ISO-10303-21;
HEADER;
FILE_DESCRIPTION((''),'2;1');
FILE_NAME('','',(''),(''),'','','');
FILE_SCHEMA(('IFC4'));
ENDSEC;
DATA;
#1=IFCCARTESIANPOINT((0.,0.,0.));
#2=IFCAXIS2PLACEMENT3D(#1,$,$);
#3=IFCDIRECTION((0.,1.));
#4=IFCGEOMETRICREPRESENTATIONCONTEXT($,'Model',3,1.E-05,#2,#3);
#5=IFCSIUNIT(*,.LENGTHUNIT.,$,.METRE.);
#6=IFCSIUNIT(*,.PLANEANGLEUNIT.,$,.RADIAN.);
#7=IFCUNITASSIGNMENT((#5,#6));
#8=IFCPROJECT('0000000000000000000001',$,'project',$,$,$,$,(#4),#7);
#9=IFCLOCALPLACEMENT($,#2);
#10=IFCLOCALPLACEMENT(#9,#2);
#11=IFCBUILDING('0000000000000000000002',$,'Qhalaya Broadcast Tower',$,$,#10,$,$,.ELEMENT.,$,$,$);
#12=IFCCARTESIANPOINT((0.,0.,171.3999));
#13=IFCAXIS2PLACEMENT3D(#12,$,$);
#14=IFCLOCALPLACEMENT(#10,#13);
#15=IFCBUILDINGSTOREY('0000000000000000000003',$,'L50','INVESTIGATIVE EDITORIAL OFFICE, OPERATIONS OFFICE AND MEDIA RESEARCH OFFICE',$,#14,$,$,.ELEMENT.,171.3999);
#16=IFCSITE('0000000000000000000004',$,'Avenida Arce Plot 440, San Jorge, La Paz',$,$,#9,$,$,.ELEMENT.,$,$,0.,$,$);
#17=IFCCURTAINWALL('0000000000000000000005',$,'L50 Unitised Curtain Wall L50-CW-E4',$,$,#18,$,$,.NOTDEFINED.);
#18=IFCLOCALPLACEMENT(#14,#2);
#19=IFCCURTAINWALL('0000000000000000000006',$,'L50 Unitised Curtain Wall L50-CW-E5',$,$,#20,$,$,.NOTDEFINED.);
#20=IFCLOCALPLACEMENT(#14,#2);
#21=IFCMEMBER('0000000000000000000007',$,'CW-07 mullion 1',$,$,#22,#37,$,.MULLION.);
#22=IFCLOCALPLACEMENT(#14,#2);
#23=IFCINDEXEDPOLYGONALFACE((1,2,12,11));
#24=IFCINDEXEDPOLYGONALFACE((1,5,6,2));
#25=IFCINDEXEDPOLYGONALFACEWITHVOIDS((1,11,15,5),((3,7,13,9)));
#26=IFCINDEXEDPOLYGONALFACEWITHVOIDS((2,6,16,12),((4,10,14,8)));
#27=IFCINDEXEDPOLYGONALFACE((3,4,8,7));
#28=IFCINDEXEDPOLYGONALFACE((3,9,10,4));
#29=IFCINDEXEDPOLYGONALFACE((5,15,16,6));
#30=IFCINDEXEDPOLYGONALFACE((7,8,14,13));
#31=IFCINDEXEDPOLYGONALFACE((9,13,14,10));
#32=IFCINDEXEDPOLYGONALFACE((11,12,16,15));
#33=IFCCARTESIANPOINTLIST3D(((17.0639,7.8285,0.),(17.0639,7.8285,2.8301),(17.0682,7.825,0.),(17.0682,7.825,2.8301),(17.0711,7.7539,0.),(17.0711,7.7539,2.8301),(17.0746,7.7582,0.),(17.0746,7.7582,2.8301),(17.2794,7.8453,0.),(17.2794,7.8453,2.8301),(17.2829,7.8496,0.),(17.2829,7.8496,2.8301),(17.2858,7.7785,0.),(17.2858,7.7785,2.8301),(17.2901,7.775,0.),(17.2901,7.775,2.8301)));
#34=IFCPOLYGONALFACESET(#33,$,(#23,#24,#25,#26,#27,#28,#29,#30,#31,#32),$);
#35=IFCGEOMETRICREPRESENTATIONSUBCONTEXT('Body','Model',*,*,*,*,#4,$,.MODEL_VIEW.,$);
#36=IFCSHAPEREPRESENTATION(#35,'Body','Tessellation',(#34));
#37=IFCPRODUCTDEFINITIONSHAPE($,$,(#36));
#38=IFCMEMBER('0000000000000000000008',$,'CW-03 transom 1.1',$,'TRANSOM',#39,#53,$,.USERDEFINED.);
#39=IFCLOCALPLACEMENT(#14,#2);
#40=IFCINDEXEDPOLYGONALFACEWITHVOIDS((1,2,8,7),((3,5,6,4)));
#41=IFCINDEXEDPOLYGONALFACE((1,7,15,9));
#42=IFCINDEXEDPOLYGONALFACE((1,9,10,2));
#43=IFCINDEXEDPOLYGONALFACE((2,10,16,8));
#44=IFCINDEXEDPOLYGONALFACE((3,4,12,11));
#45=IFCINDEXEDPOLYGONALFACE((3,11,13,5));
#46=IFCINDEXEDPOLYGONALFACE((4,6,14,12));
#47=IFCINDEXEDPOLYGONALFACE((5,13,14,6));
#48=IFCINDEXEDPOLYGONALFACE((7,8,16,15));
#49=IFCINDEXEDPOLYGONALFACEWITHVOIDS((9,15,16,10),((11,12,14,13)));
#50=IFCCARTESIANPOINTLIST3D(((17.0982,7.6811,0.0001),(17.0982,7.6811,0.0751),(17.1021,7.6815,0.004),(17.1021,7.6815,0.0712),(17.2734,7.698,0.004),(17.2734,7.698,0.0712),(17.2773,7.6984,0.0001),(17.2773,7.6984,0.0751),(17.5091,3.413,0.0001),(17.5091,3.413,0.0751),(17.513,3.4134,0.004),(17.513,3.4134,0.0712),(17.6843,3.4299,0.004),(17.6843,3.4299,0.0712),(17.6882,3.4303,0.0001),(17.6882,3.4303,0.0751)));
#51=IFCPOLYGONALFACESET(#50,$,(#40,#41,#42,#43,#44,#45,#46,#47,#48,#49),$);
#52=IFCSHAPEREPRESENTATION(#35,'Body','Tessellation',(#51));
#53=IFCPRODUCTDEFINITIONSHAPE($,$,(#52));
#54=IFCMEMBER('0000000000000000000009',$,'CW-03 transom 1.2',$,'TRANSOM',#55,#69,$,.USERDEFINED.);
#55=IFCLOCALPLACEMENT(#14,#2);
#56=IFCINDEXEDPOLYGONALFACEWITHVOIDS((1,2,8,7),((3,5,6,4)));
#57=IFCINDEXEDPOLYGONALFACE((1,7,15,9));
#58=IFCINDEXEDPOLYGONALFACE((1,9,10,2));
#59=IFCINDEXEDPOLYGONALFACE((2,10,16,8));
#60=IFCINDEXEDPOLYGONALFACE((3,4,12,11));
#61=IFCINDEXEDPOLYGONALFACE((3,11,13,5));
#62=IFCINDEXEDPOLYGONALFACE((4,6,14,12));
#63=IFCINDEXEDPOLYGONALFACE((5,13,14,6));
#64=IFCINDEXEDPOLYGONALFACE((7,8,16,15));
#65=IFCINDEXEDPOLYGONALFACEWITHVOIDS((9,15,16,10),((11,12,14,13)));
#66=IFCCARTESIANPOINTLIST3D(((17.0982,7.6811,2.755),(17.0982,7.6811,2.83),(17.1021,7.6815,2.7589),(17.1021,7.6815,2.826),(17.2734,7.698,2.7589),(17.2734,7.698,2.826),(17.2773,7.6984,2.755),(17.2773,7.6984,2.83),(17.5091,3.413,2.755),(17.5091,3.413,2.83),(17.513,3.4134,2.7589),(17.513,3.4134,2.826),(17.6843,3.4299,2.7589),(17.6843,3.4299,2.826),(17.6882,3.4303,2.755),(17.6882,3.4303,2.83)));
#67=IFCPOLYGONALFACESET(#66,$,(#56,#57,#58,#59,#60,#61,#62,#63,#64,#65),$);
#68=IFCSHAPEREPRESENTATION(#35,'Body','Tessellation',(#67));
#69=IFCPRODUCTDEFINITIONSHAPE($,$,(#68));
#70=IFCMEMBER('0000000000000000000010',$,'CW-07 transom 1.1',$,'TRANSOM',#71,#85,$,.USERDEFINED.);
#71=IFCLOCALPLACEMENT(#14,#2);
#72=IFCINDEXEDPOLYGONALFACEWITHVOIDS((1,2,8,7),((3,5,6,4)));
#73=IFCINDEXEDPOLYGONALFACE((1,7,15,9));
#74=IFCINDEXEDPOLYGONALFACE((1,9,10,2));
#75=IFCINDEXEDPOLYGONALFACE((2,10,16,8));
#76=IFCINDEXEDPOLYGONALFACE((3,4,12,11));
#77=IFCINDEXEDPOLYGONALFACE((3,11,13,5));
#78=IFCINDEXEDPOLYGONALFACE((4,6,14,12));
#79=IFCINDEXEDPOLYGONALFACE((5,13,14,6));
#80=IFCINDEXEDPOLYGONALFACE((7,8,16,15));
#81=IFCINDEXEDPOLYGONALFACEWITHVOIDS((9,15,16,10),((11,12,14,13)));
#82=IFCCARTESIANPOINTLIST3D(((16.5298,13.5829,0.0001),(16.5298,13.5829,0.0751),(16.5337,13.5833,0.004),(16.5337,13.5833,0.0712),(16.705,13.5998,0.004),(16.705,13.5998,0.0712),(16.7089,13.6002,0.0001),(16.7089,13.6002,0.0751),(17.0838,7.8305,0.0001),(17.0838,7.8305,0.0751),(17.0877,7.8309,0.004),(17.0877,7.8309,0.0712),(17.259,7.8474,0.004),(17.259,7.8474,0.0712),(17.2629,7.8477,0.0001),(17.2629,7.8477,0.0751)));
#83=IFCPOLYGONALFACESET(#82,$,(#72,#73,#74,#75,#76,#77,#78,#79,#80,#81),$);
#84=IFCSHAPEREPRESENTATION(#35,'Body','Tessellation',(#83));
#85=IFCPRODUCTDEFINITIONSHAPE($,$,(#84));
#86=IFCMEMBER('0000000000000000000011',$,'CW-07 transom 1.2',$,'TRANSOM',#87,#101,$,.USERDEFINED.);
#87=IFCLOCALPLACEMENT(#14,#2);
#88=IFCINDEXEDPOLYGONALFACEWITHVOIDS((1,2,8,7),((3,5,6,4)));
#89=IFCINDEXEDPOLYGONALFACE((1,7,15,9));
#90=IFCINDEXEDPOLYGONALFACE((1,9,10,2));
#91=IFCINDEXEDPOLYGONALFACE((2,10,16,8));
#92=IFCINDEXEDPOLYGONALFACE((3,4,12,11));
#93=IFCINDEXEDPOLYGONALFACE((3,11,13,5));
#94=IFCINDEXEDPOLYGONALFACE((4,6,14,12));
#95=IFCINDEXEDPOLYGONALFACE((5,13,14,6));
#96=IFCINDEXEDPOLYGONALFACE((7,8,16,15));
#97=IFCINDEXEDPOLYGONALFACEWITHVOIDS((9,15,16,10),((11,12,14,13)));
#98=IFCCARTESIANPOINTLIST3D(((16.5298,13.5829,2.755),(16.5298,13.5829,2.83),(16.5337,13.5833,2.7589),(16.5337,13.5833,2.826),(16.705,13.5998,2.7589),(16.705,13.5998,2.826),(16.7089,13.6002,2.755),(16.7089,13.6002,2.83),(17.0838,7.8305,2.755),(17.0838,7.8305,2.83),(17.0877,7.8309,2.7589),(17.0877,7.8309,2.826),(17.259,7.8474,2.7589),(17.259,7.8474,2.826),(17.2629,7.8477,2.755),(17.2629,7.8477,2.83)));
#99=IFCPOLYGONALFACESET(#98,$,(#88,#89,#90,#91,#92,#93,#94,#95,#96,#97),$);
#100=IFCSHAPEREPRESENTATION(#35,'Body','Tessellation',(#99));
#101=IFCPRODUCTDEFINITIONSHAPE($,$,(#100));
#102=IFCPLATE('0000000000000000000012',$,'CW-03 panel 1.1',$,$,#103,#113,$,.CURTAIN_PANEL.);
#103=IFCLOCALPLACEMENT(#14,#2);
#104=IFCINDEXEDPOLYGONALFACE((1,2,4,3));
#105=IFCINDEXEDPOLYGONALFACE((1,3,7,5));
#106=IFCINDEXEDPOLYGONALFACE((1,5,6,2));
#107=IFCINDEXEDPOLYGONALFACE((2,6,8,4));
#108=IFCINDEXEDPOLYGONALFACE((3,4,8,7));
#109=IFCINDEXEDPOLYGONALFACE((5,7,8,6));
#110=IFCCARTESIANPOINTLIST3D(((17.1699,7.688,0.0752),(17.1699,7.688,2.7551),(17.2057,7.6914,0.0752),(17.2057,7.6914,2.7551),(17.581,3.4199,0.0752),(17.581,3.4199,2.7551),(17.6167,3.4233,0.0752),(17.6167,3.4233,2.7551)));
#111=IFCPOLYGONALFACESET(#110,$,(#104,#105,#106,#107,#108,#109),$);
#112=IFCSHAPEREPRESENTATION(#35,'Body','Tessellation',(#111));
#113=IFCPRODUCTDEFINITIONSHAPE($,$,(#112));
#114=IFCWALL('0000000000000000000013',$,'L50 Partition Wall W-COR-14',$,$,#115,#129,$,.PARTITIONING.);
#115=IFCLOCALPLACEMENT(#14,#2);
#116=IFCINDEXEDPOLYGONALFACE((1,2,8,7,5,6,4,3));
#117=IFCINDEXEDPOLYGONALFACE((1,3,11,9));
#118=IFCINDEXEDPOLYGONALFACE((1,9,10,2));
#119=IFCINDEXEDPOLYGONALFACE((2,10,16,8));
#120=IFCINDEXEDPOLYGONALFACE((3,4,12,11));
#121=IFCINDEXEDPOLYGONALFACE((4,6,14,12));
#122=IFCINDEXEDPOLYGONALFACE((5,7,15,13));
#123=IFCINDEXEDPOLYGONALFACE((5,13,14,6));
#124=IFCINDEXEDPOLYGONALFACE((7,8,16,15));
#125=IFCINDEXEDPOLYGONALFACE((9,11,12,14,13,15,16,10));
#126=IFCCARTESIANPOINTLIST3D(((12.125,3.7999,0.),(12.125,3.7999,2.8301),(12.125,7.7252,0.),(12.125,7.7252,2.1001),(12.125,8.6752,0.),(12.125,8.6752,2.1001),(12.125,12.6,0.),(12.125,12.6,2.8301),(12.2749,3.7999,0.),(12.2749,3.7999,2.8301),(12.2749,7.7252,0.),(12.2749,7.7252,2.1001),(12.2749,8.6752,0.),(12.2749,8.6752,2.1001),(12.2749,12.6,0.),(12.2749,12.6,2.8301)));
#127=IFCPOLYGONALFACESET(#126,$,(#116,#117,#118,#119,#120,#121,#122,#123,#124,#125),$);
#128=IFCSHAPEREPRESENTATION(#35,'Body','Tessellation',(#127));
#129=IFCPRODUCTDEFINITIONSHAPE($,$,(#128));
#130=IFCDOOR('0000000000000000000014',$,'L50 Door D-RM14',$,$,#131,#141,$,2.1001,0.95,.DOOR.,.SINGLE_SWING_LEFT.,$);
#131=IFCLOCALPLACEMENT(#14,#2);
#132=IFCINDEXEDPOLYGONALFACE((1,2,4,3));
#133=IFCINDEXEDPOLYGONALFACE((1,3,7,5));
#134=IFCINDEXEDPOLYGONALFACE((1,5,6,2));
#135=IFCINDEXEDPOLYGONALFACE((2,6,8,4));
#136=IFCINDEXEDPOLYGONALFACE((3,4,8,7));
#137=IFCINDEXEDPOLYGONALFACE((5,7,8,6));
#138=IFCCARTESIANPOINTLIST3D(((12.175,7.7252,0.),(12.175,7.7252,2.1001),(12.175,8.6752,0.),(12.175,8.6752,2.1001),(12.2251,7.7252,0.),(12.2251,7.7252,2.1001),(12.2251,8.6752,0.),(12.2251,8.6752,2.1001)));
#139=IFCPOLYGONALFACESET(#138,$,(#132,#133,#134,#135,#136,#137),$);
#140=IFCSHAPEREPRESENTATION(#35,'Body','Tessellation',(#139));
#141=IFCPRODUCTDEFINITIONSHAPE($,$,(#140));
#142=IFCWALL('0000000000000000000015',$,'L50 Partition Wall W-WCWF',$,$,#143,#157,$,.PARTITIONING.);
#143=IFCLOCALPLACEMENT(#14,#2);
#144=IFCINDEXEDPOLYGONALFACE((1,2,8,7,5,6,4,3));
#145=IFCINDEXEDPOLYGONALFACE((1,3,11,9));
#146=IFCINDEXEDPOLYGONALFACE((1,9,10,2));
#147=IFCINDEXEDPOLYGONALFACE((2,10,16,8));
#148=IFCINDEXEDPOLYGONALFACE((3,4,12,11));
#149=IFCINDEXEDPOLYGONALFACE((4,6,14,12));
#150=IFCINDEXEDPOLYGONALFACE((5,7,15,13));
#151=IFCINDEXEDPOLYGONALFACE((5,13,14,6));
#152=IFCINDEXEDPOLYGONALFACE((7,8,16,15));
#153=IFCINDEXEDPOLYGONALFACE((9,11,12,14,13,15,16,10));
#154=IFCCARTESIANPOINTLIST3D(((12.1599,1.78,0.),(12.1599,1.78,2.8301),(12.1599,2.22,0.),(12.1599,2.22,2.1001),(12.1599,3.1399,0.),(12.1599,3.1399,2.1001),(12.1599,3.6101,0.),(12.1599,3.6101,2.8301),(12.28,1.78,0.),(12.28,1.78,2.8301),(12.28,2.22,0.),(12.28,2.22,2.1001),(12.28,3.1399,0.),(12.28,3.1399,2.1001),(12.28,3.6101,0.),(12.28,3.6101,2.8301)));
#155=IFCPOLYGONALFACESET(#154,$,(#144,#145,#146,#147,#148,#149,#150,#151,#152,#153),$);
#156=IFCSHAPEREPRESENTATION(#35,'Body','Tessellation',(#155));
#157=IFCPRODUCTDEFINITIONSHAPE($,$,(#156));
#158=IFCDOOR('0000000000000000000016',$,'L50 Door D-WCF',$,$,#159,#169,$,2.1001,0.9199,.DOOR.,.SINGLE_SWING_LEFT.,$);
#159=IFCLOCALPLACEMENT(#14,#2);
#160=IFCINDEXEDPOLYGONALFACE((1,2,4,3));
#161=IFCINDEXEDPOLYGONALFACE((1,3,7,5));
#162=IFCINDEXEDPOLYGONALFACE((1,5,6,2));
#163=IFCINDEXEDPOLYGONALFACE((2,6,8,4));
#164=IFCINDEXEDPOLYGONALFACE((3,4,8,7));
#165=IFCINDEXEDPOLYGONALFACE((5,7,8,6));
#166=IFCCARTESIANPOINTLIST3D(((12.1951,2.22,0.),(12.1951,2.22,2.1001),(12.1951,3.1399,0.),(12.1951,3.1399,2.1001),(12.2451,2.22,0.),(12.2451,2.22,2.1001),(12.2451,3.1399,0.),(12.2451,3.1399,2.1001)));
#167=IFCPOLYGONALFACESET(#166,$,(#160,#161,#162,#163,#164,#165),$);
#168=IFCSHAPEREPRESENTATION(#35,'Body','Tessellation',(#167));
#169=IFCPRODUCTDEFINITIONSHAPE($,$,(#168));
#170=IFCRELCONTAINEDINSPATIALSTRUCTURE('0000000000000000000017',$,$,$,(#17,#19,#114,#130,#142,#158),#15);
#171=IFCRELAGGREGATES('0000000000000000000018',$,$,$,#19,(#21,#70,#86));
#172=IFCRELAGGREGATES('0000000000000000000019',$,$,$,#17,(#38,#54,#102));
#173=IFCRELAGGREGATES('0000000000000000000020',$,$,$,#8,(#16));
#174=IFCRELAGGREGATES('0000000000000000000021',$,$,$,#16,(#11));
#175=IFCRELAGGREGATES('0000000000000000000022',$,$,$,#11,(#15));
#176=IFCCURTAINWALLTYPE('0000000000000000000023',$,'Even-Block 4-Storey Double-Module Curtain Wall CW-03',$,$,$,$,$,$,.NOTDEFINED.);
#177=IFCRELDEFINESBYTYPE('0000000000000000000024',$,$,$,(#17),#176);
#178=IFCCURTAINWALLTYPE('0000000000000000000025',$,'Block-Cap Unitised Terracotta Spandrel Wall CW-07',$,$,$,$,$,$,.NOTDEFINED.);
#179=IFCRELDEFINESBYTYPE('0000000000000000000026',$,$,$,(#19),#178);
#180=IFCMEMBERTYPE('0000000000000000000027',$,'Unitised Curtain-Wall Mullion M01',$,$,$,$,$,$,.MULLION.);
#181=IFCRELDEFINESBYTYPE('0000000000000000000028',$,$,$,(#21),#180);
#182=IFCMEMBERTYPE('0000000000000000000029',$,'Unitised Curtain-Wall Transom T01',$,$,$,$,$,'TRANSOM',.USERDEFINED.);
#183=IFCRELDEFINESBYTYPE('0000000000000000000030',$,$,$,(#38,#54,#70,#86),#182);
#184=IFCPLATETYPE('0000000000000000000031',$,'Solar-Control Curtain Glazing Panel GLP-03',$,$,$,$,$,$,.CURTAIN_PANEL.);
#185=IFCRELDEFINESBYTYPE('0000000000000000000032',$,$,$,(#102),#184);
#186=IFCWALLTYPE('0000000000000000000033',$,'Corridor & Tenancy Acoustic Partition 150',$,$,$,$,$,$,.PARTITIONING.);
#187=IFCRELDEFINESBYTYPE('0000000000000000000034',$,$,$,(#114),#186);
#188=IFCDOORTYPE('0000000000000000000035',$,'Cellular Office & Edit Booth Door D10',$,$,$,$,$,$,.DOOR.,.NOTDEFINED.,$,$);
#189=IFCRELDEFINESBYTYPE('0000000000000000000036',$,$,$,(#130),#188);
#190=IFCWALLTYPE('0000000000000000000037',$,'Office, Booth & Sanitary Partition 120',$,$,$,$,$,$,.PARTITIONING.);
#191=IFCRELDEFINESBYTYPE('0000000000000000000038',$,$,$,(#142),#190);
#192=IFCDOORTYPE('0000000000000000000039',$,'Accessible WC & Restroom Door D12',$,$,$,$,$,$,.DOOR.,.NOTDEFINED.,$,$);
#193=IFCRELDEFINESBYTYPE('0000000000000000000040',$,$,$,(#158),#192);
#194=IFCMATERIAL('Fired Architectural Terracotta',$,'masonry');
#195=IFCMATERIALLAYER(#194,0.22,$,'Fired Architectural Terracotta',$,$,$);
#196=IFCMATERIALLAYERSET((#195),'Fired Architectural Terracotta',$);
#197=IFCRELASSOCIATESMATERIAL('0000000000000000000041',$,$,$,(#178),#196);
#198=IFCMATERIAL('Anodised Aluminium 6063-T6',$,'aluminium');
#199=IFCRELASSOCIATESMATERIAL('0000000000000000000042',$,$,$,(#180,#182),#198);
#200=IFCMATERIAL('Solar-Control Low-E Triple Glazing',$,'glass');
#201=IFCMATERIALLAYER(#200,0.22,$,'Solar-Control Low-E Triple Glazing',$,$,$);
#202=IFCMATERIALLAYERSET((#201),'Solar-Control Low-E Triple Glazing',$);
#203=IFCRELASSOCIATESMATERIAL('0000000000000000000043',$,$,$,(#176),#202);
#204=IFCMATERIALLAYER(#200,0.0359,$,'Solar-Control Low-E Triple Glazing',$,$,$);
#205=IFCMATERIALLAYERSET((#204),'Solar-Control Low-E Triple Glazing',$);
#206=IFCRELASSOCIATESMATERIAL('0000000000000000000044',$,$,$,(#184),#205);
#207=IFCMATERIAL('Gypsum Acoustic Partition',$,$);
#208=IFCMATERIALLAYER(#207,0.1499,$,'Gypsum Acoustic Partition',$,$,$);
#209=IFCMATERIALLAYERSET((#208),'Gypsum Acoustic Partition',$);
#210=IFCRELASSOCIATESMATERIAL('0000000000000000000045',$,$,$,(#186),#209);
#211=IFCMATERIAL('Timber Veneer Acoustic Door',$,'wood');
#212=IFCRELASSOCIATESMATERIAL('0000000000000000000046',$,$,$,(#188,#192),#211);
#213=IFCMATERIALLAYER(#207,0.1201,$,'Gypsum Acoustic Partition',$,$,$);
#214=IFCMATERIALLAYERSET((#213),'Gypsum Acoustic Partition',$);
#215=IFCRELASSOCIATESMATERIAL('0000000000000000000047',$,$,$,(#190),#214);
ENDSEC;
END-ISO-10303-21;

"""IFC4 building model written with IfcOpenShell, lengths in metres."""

from ifc_helpers import new_model, si_unit, direction, frame, frame_2d, origin, origin_2d, place, context, subcontext, project, spatial, rectangle, hollow_rectangle, extrude, material, layer, layer_set, material_profile, profile_set, type_object, element, fill, aggregate, save


model = new_model("IFC4")

# Units and contexts
model_context = context("Model", 3, precision=1e-05, world=origin(), true_north=direction((0.0, 1.0)))
body_context = subcontext(model_context, "Body", "Model", "MODEL_VIEW")
ifc_project = project(units=[si_unit("LENGTHUNIT", "METRE"), si_unit("PLANEANGLEUNIT", "RADIAN")], contexts=[model_context])

# Site, building, storey
site_placement = place(None, origin())
site = spatial("IfcSite", under=ifc_project, at=site_placement, Name="Avenida Arce Plot 440, San Jorge, La Paz", CompositionType="ELEMENT", RefElevation=0.0)
building_placement = place(site_placement, origin())
building = spatial("IfcBuilding", under=site, at=building_placement, Name="Qhalaya Broadcast Tower", CompositionType="ELEMENT")
storey_placement = place(building_placement, frame((0.0, 0.0, 171.3999)))
storey = spatial("IfcBuildingStorey", under=building, at=storey_placement, Name="L50", Description="INVESTIGATIVE EDITORIAL OFFICE, OPERATIONS OFFICE AND MEDIA RESEARCH OFFICE", CompositionType="ELEMENT", Elevation=171.3999)

# Shared definitions
ifc_material_1 = material(Name="Fired Architectural Terracotta", Category="masonry")
ifc_layer_1 = layer(ifc_material_1, 0.22, Name="Fired Architectural Terracotta")
ifc_layer_set_1 = layer_set([ifc_layer_1], Name="Fired Architectural Terracotta")
curtain_wall_type_1 = type_object("IfcCurtainWallType", Name="Block-Cap Unitised Terracotta Spandrel Wall CW-07", PredefinedType="NOTDEFINED", material=ifc_layer_set_1)
ifc_material_2 = material(Name="Anodised Aluminium 6063-T6", Category="aluminium")
ifc_material_profile_1 = material_profile(ifc_material_2, hollow_rectangle(XDim=0.075, YDim=0.22, WallThickness=0.0039, at=origin_2d()), Name="ALU-MUL 75x220x4")
ifc_profile_set_1 = profile_set([ifc_material_profile_1], Name="Anodised Aluminium 6063-T6")
member_type_1 = type_object("IfcMemberType", Name="Unitised Curtain-Wall Mullion M01", PredefinedType="MULLION", material=ifc_profile_set_1)

# Curtain wall
ifc_material_3 = material(Name="Solar-Control Low-E Triple Glazing", Category="glass")
ifc_layer_2 = layer(ifc_material_3, 0.22, Name="Solar-Control Low-E Triple Glazing")
ifc_layer_set_2 = layer_set([ifc_layer_2], Name="Solar-Control Low-E Triple Glazing")
curtain_wall_type_2 = type_object("IfcCurtainWallType", Name="Even-Block 4-Storey Double-Module Curtain Wall CW-03", PredefinedType="NOTDEFINED", material=ifc_layer_set_2)
curtain_wall_1_placement = place(storey_placement, origin())
curtain_wall_1 = element("IfcCurtainWall", 1, at=curtain_wall_1_placement, inside=storey, type_object=curtain_wall_type_2, Name="L50 Unitised Curtain Wall L50-CW-E4", PredefinedType="NOTDEFINED")

# Curtain wall, member
curtain_wall_2_placement = place(storey_placement, origin())
curtain_wall_2 = element("IfcCurtainWall", 2, at=curtain_wall_2_placement, inside=storey, type_object=curtain_wall_type_1, Name="L50 Unitised Curtain Wall L50-CW-E5", PredefinedType="NOTDEFINED")
member_1_placement = place(storey_placement, frame((17.177, 7.8018, 0.0), z_axis=(0.0, 0.0, 1.0), x_axis=(-0.095849, 0.995396, 0.0)))
member_1 = element("IfcMember", 3, at=member_1_placement, type_object=member_type_1, Name="CW-07 mullion 1", PredefinedType="MULLION", context=body_context, shape_type="SweptSolid", body=[
    extrude(hollow_rectangle(XDim=0.075, YDim=0.22, WallThickness=0.0039, at=origin_2d()), origin(), (0.0, 0.0, 1.0), 2.8301),
])

# Members
ifc_material_profile_2 = material_profile(ifc_material_2, hollow_rectangle(XDim=0.075, YDim=0.1799, WallThickness=0.0039, at=origin_2d()), Name="ALU-TRN 75x180x4")
ifc_profile_set_2 = profile_set([ifc_material_profile_2], Name="Anodised Aluminium 6063-T6")
member_type_2 = type_object("IfcMemberType", Name="Unitised Curtain-Wall Transom T01", ElementType="TRANSOM", PredefinedType="USERDEFINED", material=ifc_profile_set_2)
member_2_placement = place(storey_placement, frame((17.5986, 3.4216, 0.0376), z_axis=(-0.095827, 0.995398, 0.0), x_axis=(0.0, 0.0, 1.0)))
member_2 = element("IfcMember", 4, at=member_2_placement, type_object=member_type_2, Name="CW-03 transom 1.1", ObjectType="TRANSOM", PredefinedType="USERDEFINED", context=body_context, shape_type="SweptSolid", body=[
    extrude(hollow_rectangle(XDim=0.075, YDim=0.1799, WallThickness=0.0039, at=origin_2d()), origin(), (0.0, 0.0, 1.0), 4.2878),
])
member_3_placement = place(storey_placement, frame((17.5986, 3.4216, 2.7925), z_axis=(-0.095827, 0.995398, 0.0), x_axis=(0.0, 0.0, 1.0)))
member_3 = element("IfcMember", 5, at=member_3_placement, type_object=member_type_2, Name="CW-03 transom 1.2", ObjectType="TRANSOM", PredefinedType="USERDEFINED", context=body_context, shape_type="SweptSolid", body=[
    extrude(hollow_rectangle(XDim=0.075, YDim=0.1799, WallThickness=0.0039, at=origin_2d()), origin(), (0.0, 0.0, 1.0), 4.2878),
])
member_4_placement = place(storey_placement, frame((17.1733, 7.8391, 0.0376), z_axis=(-0.095856, 0.995395, 0.0), x_axis=(0.0, 0.0, 1.0)))
member_4 = element("IfcMember", 6, at=member_4_placement, type_object=member_type_2, Name="CW-07 transom 1.1", ObjectType="TRANSOM", PredefinedType="USERDEFINED", context=body_context, shape_type="SweptSolid", body=[
    extrude(hollow_rectangle(XDim=0.075, YDim=0.1799, WallThickness=0.0039, at=origin_2d()), origin(), (0.0, 0.0, 1.0), 5.7791),
])
member_5_placement = place(storey_placement, frame((17.1733, 7.8391, 2.7925), z_axis=(-0.095856, 0.995395, 0.0), x_axis=(0.0, 0.0, 1.0)))
member_5 = element("IfcMember", 7, at=member_5_placement, type_object=member_type_2, Name="CW-07 transom 1.2", ObjectType="TRANSOM", PredefinedType="USERDEFINED", context=body_context, shape_type="SweptSolid", body=[
    extrude(hollow_rectangle(XDim=0.075, YDim=0.1799, WallThickness=0.0039, at=origin_2d()), origin(), (0.0, 0.0, 1.0), 5.7791),
])
aggregate(curtain_wall_2, [member_1, member_4, member_5])

# Plate
ifc_layer_3 = layer(ifc_material_3, 0.0359, Name="Solar-Control Low-E Triple Glazing")
ifc_layer_set_3 = layer_set([ifc_layer_3], Name="Solar-Control Low-E Triple Glazing")
plate_type = type_object("IfcPlateType", Name="Solar-Control Curtain Glazing Panel GLP-03", PredefinedType="CURTAIN_PANEL", material=ifc_layer_set_3)
plate_placement = place(storey_placement, frame((17.3933, 5.5557, 0.0752), z_axis=(0.0, 0.0, 1.0), x_axis=(-0.095855, 0.995395, 0.0)))
plate = element("IfcPlate", 8, at=plate_placement, type_object=plate_type, Name="CW-03 panel 1.1", PredefinedType="CURTAIN_PANEL", context=body_context, shape_type="SweptSolid", body=[
    extrude(rectangle(XDim=4.2878, YDim=0.0359, at=origin_2d()), origin(), (0.0, 0.0, 1.0), 2.6799),
])
aggregate(curtain_wall_1, [member_2, member_3, plate])

# Walls, openings, doors
ifc_material_4 = material(Name="Gypsum Acoustic Partition")
ifc_layer_4 = layer(ifc_material_4, 0.1499, Name="Gypsum Acoustic Partition")
ifc_layer_set_4 = layer_set([ifc_layer_4], Name="Gypsum Acoustic Partition")
wall_type_1 = type_object("IfcWallType", Name="Corridor & Tenancy Acoustic Partition 150", PredefinedType="PARTITIONING", material=ifc_layer_set_4)
wall_1_placement = place(storey_placement, frame((12.2, 3.8, 0.0), z_axis=(0.0, 0.0, 1.0), x_axis=(0.0, 1.0, 0.0)))
wall_1 = element("IfcWall", 9, at=wall_1_placement, inside=storey, type_object=wall_type_1, Name="L50 Partition Wall W-COR-14", PredefinedType="PARTITIONING", context=body_context, shape_type="SweptSolid", body=[
    extrude(rectangle(XDim=8.8, YDim=0.1499, at=frame_2d((4.3999, 0.0))), origin(), (0.0, 0.0, 1.0), 2.8301),
])
opening_1_placement = place(wall_1_placement, frame((3.925, 0.0, 0.0)))
opening_1 = element("IfcOpeningElement", 10, at=opening_1_placement, cuts=wall_1, PredefinedType="OPENING", context=body_context, shape_type="SweptSolid", body=[
    extrude(rectangle(XDim=0.95, YDim=2.1001, at=frame_2d((0.4751, 1.05))), frame((0.0, 0.0869, 0.0), z_axis=(0.0, -1.0, 0.0), x_axis=(1.0, 0.0, 0.0)), (0.0, 0.0, 1.0), 0.1738),
])
ifc_material_5 = material(Name="Timber Veneer Acoustic Door", Category="wood")
door_type_1 = type_object("IfcDoorType", Name="Cellular Office & Edit Booth Door D10", OperationType="NOTDEFINED", PredefinedType="DOOR", material=ifc_material_5)
door_1_placement = place(opening_1_placement, origin())
door_1 = element("IfcDoor", 11, at=door_1_placement, inside=storey, type_object=door_type_1, Name="L50 Door D-RM14", OperationType="SINGLE_SWING_LEFT", OverallHeight=2.1001, OverallWidth=0.95, PredefinedType="DOOR", context=body_context, shape_type="SweptSolid", body=[
    extrude(rectangle(XDim=0.95, YDim=2.1001, at=frame_2d((0.4751, 1.05))), frame((0.0, 0.0249, 0.0), z_axis=(0.0, -1.0, 0.0), x_axis=(1.0, 0.0, 0.0)), (0.0, 0.0, 1.0), 0.05),
])
fill(opening_1, door_1)
ifc_layer_5 = layer(ifc_material_4, 0.1201, Name="Gypsum Acoustic Partition")
ifc_layer_set_5 = layer_set([ifc_layer_5], Name="Gypsum Acoustic Partition")
wall_type_2 = type_object("IfcWallType", Name="Office, Booth & Sanitary Partition 120", PredefinedType="PARTITIONING", material=ifc_layer_set_5)
wall_2_placement = place(storey_placement, frame((12.22, 1.78, 0.0), z_axis=(0.0, 0.0, 1.0), x_axis=(0.0, 1.0, 0.0)))
wall_2 = element("IfcWall", 12, at=wall_2_placement, inside=storey, type_object=wall_type_2, Name="L50 Partition Wall W-WCWF", PredefinedType="PARTITIONING", context=body_context, shape_type="SweptSolid", body=[
    extrude(rectangle(XDim=1.8301, YDim=0.1201, at=frame_2d((0.915, 0.0))), origin(), (0.0, 0.0, 1.0), 2.8301),
])
opening_2_placement = place(wall_2_placement, frame((0.4399, 0.0, 0.0)))
opening_2 = element("IfcOpeningElement", 13, at=opening_2_placement, cuts=wall_2, PredefinedType="OPENING", context=body_context, shape_type="SweptSolid", body=[
    extrude(rectangle(XDim=0.9199, YDim=2.1001, at=frame_2d((0.46, 1.05))), frame((0.0, 0.072, 0.0), z_axis=(0.0, -1.0, 0.0), x_axis=(1.0, 0.0, 0.0)), (0.0, 0.0, 1.0), 0.144),
])
door_type_2 = type_object("IfcDoorType", Name="Accessible WC & Restroom Door D12", OperationType="NOTDEFINED", PredefinedType="DOOR", material=ifc_material_5)
door_2_placement = place(opening_2_placement, origin())
door_2 = element("IfcDoor", 14, at=door_2_placement, inside=storey, type_object=door_type_2, Name="L50 Door D-WCF", OperationType="SINGLE_SWING_LEFT", OverallHeight=2.1001, OverallWidth=0.9199, PredefinedType="DOOR", context=body_context, shape_type="SweptSolid", body=[
    extrude(rectangle(XDim=0.9199, YDim=2.1001, at=frame_2d((0.46, 1.05))), frame((0.0, 0.0249, 0.0), z_axis=(0.0, -1.0, 0.0), x_axis=(1.0, 0.0, 0.0)), (0.0, 0.0, 1.0), 0.05),
])
fill(opening_2, door_2)

save(model, "model.ifc")
